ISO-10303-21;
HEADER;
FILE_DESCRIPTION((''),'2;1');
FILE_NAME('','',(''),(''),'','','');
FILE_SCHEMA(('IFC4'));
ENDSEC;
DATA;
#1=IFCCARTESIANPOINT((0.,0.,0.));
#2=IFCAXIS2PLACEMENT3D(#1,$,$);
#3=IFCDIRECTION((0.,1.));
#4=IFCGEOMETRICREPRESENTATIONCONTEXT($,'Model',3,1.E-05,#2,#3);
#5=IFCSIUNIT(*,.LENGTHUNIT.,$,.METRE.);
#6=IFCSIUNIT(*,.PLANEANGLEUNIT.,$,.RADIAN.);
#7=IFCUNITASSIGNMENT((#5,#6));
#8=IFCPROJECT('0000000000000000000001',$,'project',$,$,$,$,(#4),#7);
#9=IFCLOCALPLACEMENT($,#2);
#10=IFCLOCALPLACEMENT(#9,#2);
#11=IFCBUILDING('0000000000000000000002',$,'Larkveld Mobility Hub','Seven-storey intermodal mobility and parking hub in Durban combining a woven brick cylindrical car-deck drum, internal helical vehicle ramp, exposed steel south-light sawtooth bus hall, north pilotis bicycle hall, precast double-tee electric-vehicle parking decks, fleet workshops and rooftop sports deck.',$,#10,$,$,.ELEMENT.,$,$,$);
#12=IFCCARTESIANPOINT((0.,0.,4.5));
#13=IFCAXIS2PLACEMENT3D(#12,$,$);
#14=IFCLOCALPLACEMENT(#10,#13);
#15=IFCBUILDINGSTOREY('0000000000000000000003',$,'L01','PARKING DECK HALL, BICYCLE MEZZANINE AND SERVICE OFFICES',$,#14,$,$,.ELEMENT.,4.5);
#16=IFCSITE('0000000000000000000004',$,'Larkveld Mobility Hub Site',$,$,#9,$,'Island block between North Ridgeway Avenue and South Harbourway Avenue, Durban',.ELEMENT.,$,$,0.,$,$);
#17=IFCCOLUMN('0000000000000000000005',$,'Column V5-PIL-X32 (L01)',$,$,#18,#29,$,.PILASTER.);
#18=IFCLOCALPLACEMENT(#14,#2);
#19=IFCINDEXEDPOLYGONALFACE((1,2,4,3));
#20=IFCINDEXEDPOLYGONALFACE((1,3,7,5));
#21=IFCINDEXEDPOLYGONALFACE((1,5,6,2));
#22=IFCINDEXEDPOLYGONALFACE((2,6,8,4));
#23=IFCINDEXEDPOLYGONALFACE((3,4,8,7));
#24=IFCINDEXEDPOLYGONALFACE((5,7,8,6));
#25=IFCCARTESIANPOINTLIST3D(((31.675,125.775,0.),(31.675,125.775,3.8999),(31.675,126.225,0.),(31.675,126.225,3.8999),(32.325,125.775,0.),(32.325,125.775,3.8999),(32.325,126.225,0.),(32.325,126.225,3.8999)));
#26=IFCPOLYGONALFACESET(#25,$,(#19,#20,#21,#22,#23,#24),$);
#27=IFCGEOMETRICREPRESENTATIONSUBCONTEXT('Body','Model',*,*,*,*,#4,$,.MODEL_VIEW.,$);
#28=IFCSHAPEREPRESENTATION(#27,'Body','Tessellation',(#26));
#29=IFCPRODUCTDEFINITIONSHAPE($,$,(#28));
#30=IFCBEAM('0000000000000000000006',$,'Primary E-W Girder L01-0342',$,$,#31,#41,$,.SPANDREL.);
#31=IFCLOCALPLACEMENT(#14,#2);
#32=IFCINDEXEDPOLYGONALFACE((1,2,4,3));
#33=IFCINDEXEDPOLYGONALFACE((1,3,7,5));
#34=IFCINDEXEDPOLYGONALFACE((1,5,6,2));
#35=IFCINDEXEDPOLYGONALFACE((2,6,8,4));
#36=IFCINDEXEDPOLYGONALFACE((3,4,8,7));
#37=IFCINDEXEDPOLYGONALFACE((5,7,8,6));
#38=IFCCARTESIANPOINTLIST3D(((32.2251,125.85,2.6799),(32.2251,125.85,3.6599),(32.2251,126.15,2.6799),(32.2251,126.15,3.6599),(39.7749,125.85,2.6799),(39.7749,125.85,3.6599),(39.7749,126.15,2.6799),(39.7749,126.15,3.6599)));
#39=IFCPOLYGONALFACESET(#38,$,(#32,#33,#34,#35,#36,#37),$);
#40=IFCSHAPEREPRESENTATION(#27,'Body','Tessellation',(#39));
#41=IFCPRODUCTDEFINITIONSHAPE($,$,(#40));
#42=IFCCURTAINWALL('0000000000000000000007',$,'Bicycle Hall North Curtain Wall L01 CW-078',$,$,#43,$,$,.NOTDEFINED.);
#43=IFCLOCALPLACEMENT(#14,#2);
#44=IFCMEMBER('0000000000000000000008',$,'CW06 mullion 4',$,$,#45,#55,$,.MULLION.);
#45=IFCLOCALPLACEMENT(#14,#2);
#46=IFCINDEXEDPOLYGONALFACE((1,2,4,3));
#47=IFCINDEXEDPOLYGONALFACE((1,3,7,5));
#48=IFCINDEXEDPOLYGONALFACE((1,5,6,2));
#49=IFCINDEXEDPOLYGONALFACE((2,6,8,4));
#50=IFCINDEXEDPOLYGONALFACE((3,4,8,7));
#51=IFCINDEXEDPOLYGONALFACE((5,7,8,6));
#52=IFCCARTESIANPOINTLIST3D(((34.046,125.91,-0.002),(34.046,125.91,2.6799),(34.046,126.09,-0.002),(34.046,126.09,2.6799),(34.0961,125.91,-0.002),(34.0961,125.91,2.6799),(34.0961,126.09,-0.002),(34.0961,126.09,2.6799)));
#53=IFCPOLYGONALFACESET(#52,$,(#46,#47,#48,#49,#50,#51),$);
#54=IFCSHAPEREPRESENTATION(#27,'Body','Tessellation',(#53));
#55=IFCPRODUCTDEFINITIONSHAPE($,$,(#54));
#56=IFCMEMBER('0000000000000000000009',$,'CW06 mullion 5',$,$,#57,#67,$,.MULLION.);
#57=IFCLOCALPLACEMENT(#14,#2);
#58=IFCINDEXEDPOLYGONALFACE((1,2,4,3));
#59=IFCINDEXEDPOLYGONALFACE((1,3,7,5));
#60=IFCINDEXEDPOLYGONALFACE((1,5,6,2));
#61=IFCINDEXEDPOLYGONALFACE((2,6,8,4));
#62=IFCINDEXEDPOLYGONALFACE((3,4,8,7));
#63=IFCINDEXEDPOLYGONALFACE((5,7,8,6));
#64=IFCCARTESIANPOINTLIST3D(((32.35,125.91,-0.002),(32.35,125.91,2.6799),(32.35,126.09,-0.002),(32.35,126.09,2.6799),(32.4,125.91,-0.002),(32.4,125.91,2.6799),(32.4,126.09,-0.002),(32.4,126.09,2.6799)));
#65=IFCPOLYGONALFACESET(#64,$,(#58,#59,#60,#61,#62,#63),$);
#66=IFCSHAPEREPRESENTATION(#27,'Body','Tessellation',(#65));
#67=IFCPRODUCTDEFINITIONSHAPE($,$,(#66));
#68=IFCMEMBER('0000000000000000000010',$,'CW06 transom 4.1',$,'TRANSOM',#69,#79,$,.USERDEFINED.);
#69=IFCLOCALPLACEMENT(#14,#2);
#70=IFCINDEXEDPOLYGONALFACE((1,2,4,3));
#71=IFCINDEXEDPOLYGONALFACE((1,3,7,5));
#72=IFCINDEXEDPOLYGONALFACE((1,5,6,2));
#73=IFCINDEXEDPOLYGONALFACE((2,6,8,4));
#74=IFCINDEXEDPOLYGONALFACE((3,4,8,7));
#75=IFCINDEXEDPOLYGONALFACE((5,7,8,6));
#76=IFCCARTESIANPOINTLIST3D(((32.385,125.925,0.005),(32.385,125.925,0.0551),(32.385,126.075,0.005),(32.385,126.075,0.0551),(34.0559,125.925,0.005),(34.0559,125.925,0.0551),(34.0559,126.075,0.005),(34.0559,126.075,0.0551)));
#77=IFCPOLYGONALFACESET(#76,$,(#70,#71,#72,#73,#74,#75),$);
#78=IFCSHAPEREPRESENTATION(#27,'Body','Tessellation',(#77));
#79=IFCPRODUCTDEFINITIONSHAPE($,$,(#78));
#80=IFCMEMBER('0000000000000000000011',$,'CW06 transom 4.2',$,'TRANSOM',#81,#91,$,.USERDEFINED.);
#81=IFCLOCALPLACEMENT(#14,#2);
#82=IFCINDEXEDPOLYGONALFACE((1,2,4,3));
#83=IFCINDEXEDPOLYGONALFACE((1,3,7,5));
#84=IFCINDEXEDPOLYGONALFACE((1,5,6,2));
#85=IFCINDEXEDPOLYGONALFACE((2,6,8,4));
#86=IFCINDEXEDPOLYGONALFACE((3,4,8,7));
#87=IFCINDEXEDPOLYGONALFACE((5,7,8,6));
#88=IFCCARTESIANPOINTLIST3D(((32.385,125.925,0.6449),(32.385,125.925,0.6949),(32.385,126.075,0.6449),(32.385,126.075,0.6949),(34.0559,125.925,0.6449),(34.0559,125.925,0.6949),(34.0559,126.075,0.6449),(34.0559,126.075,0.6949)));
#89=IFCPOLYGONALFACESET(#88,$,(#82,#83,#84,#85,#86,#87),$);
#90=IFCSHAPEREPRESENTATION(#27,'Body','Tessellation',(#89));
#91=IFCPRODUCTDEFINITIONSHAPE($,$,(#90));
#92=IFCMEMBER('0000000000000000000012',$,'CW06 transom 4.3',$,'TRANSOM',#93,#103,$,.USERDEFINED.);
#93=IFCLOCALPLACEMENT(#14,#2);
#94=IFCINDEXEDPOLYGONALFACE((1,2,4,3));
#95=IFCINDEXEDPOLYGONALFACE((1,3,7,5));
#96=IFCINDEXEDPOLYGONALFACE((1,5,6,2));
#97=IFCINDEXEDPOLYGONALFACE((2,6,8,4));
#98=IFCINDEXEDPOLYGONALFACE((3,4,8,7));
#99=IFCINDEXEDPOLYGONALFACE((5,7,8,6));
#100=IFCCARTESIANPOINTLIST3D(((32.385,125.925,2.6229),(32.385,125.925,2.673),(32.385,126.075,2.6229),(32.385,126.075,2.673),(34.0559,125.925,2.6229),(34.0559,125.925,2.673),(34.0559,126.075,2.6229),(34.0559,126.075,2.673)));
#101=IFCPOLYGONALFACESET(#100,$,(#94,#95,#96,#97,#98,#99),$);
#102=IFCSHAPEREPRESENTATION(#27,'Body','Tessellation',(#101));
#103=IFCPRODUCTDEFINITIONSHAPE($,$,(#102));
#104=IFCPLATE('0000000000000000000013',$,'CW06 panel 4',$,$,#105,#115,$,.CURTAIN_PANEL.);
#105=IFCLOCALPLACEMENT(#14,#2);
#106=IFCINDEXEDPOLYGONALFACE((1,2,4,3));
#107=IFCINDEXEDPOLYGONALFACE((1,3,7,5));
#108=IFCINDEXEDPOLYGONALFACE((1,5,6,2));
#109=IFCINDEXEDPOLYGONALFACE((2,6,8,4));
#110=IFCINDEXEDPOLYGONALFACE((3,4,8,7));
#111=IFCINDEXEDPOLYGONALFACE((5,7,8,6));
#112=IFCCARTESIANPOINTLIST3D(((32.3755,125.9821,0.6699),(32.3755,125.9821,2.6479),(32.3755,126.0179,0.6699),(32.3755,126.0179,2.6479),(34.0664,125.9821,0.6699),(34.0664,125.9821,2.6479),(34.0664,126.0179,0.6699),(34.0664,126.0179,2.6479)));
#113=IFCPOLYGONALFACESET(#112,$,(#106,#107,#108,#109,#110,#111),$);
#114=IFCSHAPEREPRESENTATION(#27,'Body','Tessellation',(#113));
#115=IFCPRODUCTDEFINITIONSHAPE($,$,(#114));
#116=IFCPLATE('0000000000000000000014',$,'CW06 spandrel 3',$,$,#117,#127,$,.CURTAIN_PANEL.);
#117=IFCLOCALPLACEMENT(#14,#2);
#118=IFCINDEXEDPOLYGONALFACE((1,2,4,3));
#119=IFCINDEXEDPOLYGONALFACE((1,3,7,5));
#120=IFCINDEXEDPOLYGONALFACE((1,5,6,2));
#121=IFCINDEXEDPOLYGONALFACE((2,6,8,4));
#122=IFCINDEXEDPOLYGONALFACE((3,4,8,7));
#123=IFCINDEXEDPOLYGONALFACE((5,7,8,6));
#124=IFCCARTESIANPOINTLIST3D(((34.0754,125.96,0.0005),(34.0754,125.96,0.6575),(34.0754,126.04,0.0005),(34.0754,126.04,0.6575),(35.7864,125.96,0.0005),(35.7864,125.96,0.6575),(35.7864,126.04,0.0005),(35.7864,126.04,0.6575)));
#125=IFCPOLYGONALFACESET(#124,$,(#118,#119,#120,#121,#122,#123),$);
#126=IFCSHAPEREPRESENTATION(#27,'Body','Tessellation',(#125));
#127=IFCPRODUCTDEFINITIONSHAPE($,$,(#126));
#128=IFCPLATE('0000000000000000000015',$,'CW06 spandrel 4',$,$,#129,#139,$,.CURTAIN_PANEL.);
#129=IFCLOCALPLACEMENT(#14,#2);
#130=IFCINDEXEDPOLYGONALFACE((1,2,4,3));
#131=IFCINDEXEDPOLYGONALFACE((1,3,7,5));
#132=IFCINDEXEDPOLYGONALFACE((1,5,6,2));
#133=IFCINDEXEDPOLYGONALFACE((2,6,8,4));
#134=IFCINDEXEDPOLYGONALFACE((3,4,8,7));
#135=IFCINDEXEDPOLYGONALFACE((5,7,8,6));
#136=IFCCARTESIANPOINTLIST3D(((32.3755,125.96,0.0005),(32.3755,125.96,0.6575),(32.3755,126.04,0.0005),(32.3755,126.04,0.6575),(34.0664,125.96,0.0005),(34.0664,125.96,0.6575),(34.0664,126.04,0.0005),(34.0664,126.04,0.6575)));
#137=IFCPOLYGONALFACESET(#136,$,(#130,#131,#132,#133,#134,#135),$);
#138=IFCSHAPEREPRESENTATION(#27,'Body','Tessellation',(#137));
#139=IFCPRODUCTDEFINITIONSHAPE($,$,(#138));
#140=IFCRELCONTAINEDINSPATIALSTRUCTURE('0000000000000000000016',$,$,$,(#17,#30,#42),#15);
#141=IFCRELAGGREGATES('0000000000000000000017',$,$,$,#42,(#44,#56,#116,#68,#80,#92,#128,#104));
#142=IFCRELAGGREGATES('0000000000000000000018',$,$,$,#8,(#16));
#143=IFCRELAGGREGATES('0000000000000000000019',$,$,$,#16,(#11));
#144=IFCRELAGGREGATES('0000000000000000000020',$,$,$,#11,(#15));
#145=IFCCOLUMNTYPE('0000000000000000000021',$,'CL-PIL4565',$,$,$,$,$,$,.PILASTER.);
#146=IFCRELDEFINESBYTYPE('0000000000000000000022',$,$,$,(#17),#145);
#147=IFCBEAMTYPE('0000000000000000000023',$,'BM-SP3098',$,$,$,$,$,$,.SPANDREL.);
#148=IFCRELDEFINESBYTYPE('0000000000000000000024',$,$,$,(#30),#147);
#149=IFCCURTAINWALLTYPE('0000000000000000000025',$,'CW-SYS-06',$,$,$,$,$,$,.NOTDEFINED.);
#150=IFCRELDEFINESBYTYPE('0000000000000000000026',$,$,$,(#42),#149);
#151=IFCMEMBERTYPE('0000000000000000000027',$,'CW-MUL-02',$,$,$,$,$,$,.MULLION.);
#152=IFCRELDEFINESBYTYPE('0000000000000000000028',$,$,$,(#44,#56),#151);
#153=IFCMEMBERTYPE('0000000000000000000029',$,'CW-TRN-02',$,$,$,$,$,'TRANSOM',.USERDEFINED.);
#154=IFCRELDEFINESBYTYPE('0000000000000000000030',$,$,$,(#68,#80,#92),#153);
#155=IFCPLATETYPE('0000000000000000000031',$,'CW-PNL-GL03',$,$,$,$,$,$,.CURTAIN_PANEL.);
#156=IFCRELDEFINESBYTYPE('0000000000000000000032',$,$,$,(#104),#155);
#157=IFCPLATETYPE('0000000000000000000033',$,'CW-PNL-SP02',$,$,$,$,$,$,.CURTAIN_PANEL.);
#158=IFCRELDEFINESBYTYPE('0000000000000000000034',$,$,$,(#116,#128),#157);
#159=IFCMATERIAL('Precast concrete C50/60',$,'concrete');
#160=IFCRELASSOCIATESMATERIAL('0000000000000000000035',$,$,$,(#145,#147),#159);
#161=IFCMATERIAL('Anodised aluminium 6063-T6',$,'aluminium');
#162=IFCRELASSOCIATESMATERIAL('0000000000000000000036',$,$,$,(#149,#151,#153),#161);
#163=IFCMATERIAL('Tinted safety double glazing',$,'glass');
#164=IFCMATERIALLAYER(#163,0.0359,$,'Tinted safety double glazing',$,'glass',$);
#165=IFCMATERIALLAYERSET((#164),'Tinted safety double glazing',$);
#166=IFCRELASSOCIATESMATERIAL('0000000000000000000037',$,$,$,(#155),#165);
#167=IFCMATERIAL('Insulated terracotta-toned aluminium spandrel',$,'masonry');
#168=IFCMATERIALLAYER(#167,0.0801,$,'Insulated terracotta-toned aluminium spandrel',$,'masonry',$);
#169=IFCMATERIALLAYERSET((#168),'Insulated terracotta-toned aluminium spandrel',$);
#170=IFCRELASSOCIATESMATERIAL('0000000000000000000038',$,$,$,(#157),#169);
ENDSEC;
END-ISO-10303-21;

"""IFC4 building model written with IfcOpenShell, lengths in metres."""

from ifc_helpers import new_model, si_unit, direction, frame, origin, origin_2d, place, context, subcontext, project, spatial, rectangle, extrude, material, layer, layer_set, material_profile, profile_set, type_object, element, aggregate, save


model = new_model("IFC4")

# Units and contexts
model_context = context("Model", 3, precision=1e-05, world=origin(), true_north=direction((0.0, 1.0)))
body_context = subcontext(model_context, "Body", "Model", "MODEL_VIEW")
ifc_project = project(units=[si_unit("LENGTHUNIT", "METRE"), si_unit("PLANEANGLEUNIT", "RADIAN")], contexts=[model_context])

# Site, building, storey
site_placement = place(None, origin())
site = spatial("IfcSite", under=ifc_project, at=site_placement, Name="Larkveld Mobility Hub Site", LongName="Island block between North Ridgeway Avenue and South Harbourway Avenue, Durban", CompositionType="ELEMENT", RefElevation=0.0)
building_placement = place(site_placement, origin())
building = spatial("IfcBuilding", under=site, at=building_placement, Name="Larkveld Mobility Hub", Description="Seven-storey intermodal mobility and parking hub in Durban combining a woven brick cylindrical car-deck drum, internal helical vehicle ramp, exposed steel south-light sawtooth bus hall, north pilotis bicycle hall, precast double-tee electric-vehicle parking decks, fleet workshops and rooftop sports deck.", CompositionType="ELEMENT")
storey_placement = place(building_placement, frame((0.0, 0.0, 4.5)))
storey = spatial("IfcBuildingStorey", under=building, at=storey_placement, Name="L01", Description="PARKING DECK HALL, BICYCLE MEZZANINE AND SERVICE OFFICES", CompositionType="ELEMENT", Elevation=4.5)

# Column
ifc_material_1 = material(Name="Precast concrete C50/60", Category="concrete")
ifc_material_profile_1 = material_profile(ifc_material_1, rectangle(XDim=0.45, YDim=0.6499, at=origin_2d()), Name="PC PIL 450x650")
ifc_profile_set_1 = profile_set([ifc_material_profile_1], Name="Precast concrete C50/60")
column_type = type_object("IfcColumnType", Name="CL-PIL4565", PredefinedType="PILASTER", material=ifc_profile_set_1)
column_placement = place(storey_placement, frame((32.0, 126.0, 0.0), z_axis=(0.0, 0.0, 1.0), x_axis=(0.0, 1.0, 0.0)))
element("IfcColumn", 1, at=column_placement, inside=storey, type_object=column_type, Name="Column V5-PIL-X32 (L01)", PredefinedType="PILASTER", context=body_context, shape_type="SweptSolid", body=[
    extrude(rectangle(XDim=0.45, YDim=0.6499, at=origin_2d()), origin(), (0.0, 0.0, 1.0), 3.8999),
])

# Beam
ifc_material_profile_2 = material_profile(ifc_material_1, rectangle(XDim=0.3, YDim=0.98, at=origin_2d()), Name="PC SP 300x980")
ifc_profile_set_2 = profile_set([ifc_material_profile_2], Name="Precast concrete C50/60")
beam_type = type_object("IfcBeamType", Name="BM-SP3098", PredefinedType="SPANDREL", material=ifc_profile_set_2)
beam_placement = place(storey_placement, frame((32.2251, 126.0, 3.1699), z_axis=(1.0, 0.0, 0.0), x_axis=(0.0, 1.0, 0.0)))
element("IfcBeam", 2, at=beam_placement, inside=storey, type_object=beam_type, Name="Primary E-W Girder L01-0342", PredefinedType="SPANDREL", context=body_context, shape_type="SweptSolid", body=[
    extrude(rectangle(XDim=0.3, YDim=0.98, at=origin_2d()), origin(), (0.0, 0.0, 1.0), 7.5498),
])

# Curtain wall, members, plates
ifc_material_2 = material(Name="Anodised aluminium 6063-T6", Category="aluminium")
curtain_wall_type = type_object("IfcCurtainWallType", Name="CW-SYS-06", PredefinedType="NOTDEFINED", material=ifc_material_2)
curtain_wall_placement = place(storey_placement, origin())
curtain_wall = element("IfcCurtainWall", 3, at=curtain_wall_placement, inside=storey, type_object=curtain_wall_type, Name="Bicycle Hall North Curtain Wall L01 CW-078", PredefinedType="NOTDEFINED")
ifc_material_profile_3 = material_profile(ifc_material_2, rectangle(XDim=0.05, YDim=0.1799, at=origin_2d()), Name="ALU MULL 50x180")
ifc_profile_set_3 = profile_set([ifc_material_profile_3], Name="Anodised aluminium 6063-T6")
member_type_1 = type_object("IfcMemberType", Name="CW-MUL-02", PredefinedType="MULLION", material=ifc_profile_set_3)
member_1_placement = place(storey_placement, frame((34.071, 126.0, -0.002), z_axis=(0.0, 0.0, 1.0), x_axis=(-1.0, 0.0, 0.0)))
member_1 = element("IfcMember", 4, at=member_1_placement, type_object=member_type_1, Name="CW06 mullion 4", PredefinedType="MULLION", context=body_context, shape_type="SweptSolid", body=[
    extrude(rectangle(XDim=0.05, YDim=0.1799, at=origin_2d()), origin(), (0.0, 0.0, 1.0), 2.6819),
])
member_2_placement = place(storey_placement, frame((32.375, 126.0, -0.002), z_axis=(0.0, 0.0, 1.0), x_axis=(-1.0, 0.0, 0.0)))
member_2 = element("IfcMember", 5, at=member_2_placement, type_object=member_type_1, Name="CW06 mullion 5", PredefinedType="MULLION", context=body_context, shape_type="SweptSolid", body=[
    extrude(rectangle(XDim=0.05, YDim=0.1799, at=origin_2d()), origin(), (0.0, 0.0, 1.0), 2.6819),
])
ifc_material_profile_4 = material_profile(ifc_material_2, rectangle(XDim=0.1499, YDim=0.05, at=origin_2d()), Name="ALU TRAN 50x150")
ifc_profile_set_4 = profile_set([ifc_material_profile_4], Name="Anodised aluminium 6063-T6")
member_type_2 = type_object("IfcMemberType", Name="CW-TRN-02", ElementType="TRANSOM", PredefinedType="USERDEFINED", material=ifc_profile_set_4)
member_3_placement = place(storey_placement, frame((34.0559, 126.0, 0.03), z_axis=(-1.0, 0.0, 0.0), x_axis=(0.0, -1.0, 0.0)))
member_3 = element("IfcMember", 6, at=member_3_placement, type_object=member_type_2, Name="CW06 transom 4.1", ObjectType="TRANSOM", PredefinedType="USERDEFINED", context=body_context, shape_type="SweptSolid", body=[
    extrude(rectangle(XDim=0.1499, YDim=0.05, at=origin_2d()), origin(), (0.0, 0.0, 1.0), 1.6709),
])
member_4_placement = place(storey_placement, frame((34.0559, 126.0, 0.6699), z_axis=(-1.0, 0.0, 0.0), x_axis=(0.0, -1.0, 0.0)))
member_4 = element("IfcMember", 7, at=member_4_placement, type_object=member_type_2, Name="CW06 transom 4.2", ObjectType="TRANSOM", PredefinedType="USERDEFINED", context=body_context, shape_type="SweptSolid", body=[
    extrude(rectangle(XDim=0.1499, YDim=0.05, at=origin_2d()), origin(), (0.0, 0.0, 1.0), 1.6709),
])
member_5_placement = place(storey_placement, frame((34.0559, 126.0, 2.6479), z_axis=(-1.0, 0.0, 0.0), x_axis=(0.0, -1.0, 0.0)))
member_5 = element("IfcMember", 8, at=member_5_placement, type_object=member_type_2, Name="CW06 transom 4.3", ObjectType="TRANSOM", PredefinedType="USERDEFINED", context=body_context, shape_type="SweptSolid", body=[
    extrude(rectangle(XDim=0.1499, YDim=0.05, at=origin_2d()), origin(), (0.0, 0.0, 1.0), 1.6709),
])
ifc_material_3 = material(Name="Tinted safety double glazing", Category="glass")
ifc_layer_1 = layer(ifc_material_3, 0.0359, Name="Tinted safety double glazing", Category="glass")
ifc_layer_set_1 = layer_set([ifc_layer_1], Name="Tinted safety double glazing")
plate_type_1 = type_object("IfcPlateType", Name="CW-PNL-GL03", PredefinedType="CURTAIN_PANEL", material=ifc_layer_set_1)
plate_1_placement = place(storey_placement, frame((33.2209, 126.0, 0.6699), z_axis=(0.0, 0.0, 1.0), x_axis=(-1.0, 0.0, 0.0)))
plate_1 = element("IfcPlate", 9, at=plate_1_placement, type_object=plate_type_1, Name="CW06 panel 4", PredefinedType="CURTAIN_PANEL", context=body_context, shape_type="SweptSolid", body=[
    extrude(rectangle(XDim=1.6909, YDim=0.0359, at=origin_2d()), origin(), (0.0, 0.0, 1.0), 1.978),
])
ifc_material_4 = material(Name="Insulated terracotta-toned aluminium spandrel", Category="masonry")
ifc_layer_2 = layer(ifc_material_4, 0.0801, Name="Insulated terracotta-toned aluminium spandrel", Category="masonry")
ifc_layer_set_2 = layer_set([ifc_layer_2], Name="Insulated terracotta-toned aluminium spandrel")
plate_type_2 = type_object("IfcPlateType", Name="CW-PNL-SP02", PredefinedType="CURTAIN_PANEL", material=ifc_layer_set_2)
plate_2_placement = place(storey_placement, frame((34.9309, 126.0, 0.0005), z_axis=(0.0, 0.0, 1.0), x_axis=(-1.0, 0.0, 0.0)))
plate_2 = element("IfcPlate", 10, at=plate_2_placement, type_object=plate_type_2, Name="CW06 spandrel 3", PredefinedType="CURTAIN_PANEL", context=body_context, shape_type="SweptSolid", body=[
    extrude(rectangle(XDim=1.7109, YDim=0.0801, at=origin_2d()), origin(), (0.0, 0.0, 1.0), 0.657),
])
plate_3_placement = place(storey_placement, frame((33.2209, 126.0, 0.0005), z_axis=(0.0, 0.0, 1.0), x_axis=(-1.0, 0.0, 0.0)))
plate_3 = element("IfcPlate", 11, at=plate_3_placement, type_object=plate_type_2, Name="CW06 spandrel 4", PredefinedType="CURTAIN_PANEL", context=body_context, shape_type="SweptSolid", body=[
    extrude(rectangle(XDim=1.6909, YDim=0.0801, at=origin_2d()), origin(), (0.0, 0.0, 1.0), 0.657),
])
aggregate(curtain_wall, [member_1, member_2, plate_2, member_3, member_4, member_5, plate_3, plate_1])

save(model, "model.ifc")
